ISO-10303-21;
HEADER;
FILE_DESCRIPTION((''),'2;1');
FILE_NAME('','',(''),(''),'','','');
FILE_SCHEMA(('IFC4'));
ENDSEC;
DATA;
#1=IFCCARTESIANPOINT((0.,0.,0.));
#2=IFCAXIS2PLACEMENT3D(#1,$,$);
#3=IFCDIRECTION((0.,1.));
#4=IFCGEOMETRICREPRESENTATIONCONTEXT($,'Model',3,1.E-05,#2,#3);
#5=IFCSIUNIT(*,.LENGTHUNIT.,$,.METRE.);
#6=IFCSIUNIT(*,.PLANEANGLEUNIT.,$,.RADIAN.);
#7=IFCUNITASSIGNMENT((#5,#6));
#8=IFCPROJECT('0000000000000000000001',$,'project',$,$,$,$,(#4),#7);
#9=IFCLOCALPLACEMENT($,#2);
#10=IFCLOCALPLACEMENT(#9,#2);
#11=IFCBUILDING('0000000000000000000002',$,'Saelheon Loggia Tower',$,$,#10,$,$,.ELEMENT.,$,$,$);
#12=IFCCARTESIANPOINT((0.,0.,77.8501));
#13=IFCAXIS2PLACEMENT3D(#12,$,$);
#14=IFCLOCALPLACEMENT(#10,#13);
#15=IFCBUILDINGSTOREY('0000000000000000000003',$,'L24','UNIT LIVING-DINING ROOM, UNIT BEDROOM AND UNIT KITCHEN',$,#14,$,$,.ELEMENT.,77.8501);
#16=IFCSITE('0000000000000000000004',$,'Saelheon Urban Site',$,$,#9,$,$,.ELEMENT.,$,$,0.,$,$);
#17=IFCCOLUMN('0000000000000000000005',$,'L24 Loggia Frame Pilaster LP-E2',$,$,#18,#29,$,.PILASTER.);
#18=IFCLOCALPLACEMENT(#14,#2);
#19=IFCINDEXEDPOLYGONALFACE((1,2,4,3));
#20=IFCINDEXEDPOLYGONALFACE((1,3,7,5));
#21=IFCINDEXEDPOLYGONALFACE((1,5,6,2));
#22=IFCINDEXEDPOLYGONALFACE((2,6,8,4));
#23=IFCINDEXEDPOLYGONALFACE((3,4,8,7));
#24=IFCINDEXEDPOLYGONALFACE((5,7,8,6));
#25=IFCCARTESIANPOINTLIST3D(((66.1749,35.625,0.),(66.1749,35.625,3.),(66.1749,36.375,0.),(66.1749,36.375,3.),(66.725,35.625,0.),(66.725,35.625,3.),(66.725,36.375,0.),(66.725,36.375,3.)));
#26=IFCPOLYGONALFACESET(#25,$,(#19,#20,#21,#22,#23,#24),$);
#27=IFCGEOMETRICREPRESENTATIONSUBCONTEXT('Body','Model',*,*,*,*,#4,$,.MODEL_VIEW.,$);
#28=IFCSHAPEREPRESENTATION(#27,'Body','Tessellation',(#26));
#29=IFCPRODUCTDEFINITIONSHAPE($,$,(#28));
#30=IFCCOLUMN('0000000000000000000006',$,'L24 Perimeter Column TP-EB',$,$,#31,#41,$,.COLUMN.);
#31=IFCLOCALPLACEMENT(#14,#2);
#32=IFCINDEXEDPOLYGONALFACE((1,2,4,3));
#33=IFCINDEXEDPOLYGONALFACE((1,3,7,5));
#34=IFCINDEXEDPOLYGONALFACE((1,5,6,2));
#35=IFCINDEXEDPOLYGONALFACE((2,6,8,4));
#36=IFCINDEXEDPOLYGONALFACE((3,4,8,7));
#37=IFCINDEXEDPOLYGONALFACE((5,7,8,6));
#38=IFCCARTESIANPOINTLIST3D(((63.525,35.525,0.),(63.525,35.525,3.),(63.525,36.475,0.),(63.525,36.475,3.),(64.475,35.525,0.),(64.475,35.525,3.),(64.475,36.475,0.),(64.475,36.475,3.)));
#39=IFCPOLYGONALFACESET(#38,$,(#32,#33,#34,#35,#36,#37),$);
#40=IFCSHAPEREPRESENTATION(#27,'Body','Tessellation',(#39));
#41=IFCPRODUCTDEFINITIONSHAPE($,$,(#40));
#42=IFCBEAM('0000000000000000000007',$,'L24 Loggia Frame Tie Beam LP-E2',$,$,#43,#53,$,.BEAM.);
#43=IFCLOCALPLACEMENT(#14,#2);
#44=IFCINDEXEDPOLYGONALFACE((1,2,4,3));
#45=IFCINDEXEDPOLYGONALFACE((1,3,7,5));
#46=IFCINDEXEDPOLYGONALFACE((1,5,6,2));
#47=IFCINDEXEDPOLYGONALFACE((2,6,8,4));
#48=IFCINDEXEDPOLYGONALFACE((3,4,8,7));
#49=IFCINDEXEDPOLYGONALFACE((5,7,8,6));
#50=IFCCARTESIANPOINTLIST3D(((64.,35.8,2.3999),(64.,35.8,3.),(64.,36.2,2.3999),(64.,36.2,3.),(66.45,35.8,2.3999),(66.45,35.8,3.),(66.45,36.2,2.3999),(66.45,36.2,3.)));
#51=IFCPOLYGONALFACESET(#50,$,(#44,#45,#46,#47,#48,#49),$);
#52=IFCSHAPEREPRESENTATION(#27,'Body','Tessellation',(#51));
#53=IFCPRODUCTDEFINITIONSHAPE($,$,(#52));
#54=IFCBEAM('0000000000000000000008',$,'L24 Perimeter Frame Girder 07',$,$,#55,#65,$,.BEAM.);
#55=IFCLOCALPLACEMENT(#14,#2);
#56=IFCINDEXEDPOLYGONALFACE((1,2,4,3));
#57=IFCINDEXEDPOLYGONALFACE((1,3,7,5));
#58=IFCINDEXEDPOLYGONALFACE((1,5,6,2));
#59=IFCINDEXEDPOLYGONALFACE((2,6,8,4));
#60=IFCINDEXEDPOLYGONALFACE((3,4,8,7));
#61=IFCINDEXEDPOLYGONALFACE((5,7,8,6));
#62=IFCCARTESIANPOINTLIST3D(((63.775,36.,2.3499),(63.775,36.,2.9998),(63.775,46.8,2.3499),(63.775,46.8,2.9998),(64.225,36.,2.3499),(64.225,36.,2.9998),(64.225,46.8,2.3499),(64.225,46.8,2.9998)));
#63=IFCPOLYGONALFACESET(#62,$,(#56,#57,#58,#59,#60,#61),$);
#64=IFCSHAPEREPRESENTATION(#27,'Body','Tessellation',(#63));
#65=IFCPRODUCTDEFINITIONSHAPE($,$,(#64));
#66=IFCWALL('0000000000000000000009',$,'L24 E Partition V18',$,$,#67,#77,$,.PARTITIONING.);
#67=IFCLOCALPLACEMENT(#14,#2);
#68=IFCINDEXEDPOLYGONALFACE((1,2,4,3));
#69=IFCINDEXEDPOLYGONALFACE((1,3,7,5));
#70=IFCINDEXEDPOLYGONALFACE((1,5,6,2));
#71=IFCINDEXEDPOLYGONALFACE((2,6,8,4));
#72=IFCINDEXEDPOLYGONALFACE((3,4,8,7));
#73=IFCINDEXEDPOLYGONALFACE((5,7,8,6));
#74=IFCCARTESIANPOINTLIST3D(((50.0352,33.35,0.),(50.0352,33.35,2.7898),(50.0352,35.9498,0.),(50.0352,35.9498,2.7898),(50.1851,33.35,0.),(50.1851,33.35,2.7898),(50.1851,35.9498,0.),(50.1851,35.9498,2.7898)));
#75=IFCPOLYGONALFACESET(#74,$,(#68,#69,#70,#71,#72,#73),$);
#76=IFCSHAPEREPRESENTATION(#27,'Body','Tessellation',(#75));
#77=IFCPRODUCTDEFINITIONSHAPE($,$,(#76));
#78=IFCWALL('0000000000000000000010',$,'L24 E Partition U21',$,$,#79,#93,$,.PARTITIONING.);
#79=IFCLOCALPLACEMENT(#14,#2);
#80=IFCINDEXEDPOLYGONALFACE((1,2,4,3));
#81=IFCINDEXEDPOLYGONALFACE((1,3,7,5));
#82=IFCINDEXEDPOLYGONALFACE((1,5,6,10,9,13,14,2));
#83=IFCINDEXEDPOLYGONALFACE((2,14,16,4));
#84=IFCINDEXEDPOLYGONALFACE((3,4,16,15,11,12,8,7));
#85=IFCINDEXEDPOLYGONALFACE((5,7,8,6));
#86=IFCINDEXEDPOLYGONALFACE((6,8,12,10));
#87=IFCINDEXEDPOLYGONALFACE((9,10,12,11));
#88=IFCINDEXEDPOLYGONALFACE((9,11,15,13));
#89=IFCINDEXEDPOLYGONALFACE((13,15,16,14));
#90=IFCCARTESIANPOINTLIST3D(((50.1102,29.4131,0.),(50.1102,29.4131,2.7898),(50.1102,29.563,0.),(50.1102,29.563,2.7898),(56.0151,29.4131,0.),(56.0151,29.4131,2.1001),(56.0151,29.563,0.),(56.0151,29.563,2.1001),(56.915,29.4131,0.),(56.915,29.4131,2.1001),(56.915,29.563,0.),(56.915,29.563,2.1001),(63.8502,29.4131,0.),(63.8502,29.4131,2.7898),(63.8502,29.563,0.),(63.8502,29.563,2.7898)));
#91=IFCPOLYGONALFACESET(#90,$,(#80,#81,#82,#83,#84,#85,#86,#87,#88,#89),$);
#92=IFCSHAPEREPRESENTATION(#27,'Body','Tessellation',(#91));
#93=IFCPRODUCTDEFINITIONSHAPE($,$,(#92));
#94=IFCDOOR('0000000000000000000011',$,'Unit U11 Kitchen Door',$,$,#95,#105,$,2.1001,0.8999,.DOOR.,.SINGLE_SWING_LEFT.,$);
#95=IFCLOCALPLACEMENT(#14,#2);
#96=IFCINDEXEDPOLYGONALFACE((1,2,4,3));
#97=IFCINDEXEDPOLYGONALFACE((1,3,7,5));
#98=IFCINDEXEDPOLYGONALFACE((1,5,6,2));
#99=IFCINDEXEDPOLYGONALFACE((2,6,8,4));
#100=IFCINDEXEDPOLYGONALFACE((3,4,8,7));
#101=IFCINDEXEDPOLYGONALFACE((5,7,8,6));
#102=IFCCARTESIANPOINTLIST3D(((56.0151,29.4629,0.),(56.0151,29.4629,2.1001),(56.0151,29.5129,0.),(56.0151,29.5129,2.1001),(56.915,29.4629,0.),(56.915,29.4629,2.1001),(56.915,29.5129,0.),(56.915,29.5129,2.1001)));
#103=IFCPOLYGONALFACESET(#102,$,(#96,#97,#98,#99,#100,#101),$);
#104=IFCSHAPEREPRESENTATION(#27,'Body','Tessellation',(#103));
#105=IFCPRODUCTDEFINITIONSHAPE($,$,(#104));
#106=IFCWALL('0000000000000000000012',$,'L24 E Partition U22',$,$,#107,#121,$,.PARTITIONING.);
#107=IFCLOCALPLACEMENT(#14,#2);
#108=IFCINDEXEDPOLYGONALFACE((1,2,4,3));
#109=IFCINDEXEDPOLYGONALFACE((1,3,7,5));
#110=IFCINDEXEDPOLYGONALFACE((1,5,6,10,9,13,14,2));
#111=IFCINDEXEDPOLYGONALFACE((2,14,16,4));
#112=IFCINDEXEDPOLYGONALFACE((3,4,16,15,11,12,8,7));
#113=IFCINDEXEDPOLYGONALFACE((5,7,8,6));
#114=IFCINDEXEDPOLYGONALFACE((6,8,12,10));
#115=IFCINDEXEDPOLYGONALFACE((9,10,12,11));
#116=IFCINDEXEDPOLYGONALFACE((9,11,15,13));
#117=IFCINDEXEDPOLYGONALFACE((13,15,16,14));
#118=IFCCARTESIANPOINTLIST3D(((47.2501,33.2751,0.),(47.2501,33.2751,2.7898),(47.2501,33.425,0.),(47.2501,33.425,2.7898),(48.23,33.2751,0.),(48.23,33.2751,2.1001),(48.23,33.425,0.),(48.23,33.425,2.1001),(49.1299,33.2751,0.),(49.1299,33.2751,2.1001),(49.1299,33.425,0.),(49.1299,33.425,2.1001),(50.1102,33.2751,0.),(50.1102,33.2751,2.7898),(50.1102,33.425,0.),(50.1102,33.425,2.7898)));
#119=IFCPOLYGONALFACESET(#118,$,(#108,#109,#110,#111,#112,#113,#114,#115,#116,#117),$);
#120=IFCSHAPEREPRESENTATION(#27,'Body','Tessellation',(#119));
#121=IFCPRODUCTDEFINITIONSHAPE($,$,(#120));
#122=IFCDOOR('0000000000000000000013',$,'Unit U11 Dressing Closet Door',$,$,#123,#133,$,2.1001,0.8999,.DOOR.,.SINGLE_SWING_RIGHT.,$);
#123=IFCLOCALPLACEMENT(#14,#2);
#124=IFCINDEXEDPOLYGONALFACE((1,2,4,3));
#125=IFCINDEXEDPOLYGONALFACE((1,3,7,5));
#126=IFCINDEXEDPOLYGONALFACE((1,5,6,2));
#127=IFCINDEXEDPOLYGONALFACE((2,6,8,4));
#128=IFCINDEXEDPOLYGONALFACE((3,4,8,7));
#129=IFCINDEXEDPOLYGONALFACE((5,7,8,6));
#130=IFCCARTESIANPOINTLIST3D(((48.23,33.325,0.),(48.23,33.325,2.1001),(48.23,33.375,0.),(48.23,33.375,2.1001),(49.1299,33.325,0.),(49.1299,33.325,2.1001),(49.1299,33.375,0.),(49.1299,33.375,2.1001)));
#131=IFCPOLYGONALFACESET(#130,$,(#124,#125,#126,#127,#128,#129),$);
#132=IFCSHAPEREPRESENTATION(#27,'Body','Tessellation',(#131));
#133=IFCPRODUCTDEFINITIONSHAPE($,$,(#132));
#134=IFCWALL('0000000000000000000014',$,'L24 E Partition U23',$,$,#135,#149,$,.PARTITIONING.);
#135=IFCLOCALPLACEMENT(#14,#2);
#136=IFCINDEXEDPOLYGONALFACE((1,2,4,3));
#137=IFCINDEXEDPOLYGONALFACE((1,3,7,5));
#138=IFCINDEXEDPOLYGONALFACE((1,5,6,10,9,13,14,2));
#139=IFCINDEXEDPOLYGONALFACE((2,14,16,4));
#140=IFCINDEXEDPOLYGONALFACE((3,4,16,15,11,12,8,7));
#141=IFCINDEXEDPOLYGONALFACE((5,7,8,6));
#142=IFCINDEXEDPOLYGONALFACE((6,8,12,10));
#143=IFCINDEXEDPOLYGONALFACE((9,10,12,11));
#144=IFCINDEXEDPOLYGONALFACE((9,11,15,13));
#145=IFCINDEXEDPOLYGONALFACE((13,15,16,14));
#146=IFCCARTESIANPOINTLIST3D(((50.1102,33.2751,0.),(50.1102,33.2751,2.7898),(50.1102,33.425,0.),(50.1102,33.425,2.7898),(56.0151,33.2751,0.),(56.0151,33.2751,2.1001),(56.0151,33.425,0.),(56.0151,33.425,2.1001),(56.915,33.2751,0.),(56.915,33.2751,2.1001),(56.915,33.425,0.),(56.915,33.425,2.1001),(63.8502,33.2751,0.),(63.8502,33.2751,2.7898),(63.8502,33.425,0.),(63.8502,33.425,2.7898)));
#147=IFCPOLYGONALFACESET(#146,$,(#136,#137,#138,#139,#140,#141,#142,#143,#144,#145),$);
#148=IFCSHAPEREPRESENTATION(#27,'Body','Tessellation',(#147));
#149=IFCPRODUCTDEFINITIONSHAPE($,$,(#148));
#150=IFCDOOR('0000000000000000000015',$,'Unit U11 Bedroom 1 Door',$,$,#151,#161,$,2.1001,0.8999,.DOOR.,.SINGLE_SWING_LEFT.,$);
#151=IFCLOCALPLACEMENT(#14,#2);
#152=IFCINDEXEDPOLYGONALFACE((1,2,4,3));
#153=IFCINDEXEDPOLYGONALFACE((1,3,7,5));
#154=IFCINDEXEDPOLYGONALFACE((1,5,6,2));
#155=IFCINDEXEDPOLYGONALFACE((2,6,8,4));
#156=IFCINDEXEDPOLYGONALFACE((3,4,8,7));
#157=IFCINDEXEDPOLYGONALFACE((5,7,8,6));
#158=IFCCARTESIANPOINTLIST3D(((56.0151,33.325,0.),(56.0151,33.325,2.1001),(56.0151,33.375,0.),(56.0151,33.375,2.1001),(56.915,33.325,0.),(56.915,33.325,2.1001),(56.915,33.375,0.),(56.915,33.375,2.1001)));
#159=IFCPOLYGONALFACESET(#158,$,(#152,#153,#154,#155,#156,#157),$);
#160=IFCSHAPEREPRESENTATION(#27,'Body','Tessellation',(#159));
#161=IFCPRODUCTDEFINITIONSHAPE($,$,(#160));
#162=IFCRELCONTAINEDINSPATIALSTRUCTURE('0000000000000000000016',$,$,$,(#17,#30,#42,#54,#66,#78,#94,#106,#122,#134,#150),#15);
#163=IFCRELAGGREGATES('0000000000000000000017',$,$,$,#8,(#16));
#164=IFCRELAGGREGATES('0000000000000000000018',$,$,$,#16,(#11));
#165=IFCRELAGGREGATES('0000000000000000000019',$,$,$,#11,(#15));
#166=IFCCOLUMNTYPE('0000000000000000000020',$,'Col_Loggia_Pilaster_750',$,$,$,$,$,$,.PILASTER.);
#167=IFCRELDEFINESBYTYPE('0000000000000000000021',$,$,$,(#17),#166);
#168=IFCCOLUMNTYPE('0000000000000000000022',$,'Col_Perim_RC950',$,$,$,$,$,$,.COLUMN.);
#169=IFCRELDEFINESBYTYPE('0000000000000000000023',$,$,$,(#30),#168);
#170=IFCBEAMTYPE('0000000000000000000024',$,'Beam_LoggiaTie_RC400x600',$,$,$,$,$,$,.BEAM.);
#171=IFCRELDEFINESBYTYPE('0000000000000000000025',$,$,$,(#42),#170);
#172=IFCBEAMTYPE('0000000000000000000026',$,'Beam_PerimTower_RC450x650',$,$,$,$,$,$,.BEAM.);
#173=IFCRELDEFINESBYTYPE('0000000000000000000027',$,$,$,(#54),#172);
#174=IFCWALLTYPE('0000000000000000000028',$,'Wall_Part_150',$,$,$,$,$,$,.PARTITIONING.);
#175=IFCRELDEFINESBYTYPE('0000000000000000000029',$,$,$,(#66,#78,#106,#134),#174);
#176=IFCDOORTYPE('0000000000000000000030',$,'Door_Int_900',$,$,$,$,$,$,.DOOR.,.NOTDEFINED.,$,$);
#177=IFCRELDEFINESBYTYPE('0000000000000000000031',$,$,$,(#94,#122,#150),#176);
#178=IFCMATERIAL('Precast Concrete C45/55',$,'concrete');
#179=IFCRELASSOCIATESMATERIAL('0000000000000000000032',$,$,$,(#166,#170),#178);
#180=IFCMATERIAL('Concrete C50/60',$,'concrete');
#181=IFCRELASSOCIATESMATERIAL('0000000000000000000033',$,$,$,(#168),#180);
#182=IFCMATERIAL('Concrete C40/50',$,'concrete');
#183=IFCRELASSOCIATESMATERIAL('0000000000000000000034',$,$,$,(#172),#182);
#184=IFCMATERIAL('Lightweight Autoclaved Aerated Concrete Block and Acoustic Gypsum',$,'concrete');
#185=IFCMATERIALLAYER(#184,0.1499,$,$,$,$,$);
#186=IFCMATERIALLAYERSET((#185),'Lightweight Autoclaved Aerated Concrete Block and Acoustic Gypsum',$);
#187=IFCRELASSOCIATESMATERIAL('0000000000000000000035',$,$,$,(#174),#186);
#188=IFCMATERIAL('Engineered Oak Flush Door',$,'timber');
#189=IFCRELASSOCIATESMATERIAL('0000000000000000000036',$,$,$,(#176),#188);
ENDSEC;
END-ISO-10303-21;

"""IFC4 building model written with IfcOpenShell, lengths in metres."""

from ifc_helpers import new_model, si_unit, direction, frame, frame_2d, origin, origin_2d, place, context, subcontext, project, spatial, rectangle, extrude, source, transform, mapped, material, layer, layer_set, material_profile, profile_set, type_object, element, fill, save


model = new_model("IFC4")

# Units and contexts
model_context = context("Model", 3, precision=1e-05, world=origin(), true_north=direction((0.0, 1.0)))
body_context = subcontext(model_context, "Body", "Model", "MODEL_VIEW")
ifc_project = project(units=[si_unit("LENGTHUNIT", "METRE"), si_unit("PLANEANGLEUNIT", "RADIAN")], contexts=[model_context])

# Site, building, storey
site_placement = place(None, origin())
site = spatial("IfcSite", under=ifc_project, at=site_placement, Name="Saelheon Urban Site", CompositionType="ELEMENT", RefElevation=0.0)
building_placement = place(site_placement, origin())
building = spatial("IfcBuilding", under=site, at=building_placement, Name="Saelheon Loggia Tower", CompositionType="ELEMENT")
storey_placement = place(building_placement, frame((0.0, 0.0, 77.8501)))
storey = spatial("IfcBuildingStorey", under=building, at=storey_placement, Name="L24", Description="UNIT LIVING-DINING ROOM, UNIT BEDROOM AND UNIT KITCHEN", CompositionType="ELEMENT", Elevation=77.8501)

# Columns
ifc_material_1 = material(Name="Precast Concrete C45/55", Category="concrete")
ifc_material_profile_1 = material_profile(ifc_material_1, rectangle(XDim=0.55, YDim=0.75, at=origin_2d()), Name="RC-550x750")
ifc_profile_set_1 = profile_set([ifc_material_profile_1], Name="Precast Concrete C45/55")
column_type_1 = type_object("IfcColumnType", Name="Col_Loggia_Pilaster_750", PredefinedType="PILASTER", material=ifc_profile_set_1)
shared_shape_1 = source(origin(), body_context, "Body", "SweptSolid", [
    extrude(rectangle(XDim=0.55, YDim=0.75, at=origin_2d()), origin(), (0.0, 0.0, 1.0), 3.0),
])
column_1_placement = place(storey_placement, frame((66.45, 36.0, 0.0), z_axis=(0.0, 0.0, 1.0), x_axis=(1.0, 0.0, 0.0)))
element("IfcColumn", 1, at=column_1_placement, inside=storey, type_object=column_type_1, Name="L24 Loggia Frame Pilaster LP-E2", PredefinedType="PILASTER", context=body_context, shape_type="MappedRepresentation", body=[
    mapped(shared_shape_1, transform((0.0, 0.0, 0.0), scale=1.0)),
])
ifc_material_2 = material(Name="Concrete C50/60", Category="concrete")
ifc_material_profile_2 = material_profile(ifc_material_2, rectangle(XDim=0.95, YDim=0.95, at=origin_2d()), Name="RC-950x950")
ifc_profile_set_2 = profile_set([ifc_material_profile_2], Name="Concrete C50/60")
column_type_2 = type_object("IfcColumnType", Name="Col_Perim_RC950", PredefinedType="COLUMN", material=ifc_profile_set_2)
shared_shape_2 = source(origin(), body_context, "Body", "SweptSolid", [
    extrude(rectangle(XDim=0.95, YDim=0.95, at=origin_2d()), origin(), (0.0, 0.0, 1.0), 3.0),
])
column_2_placement = place(storey_placement, frame((64.0, 36.0, 0.0), z_axis=(0.0, 0.0, 1.0), x_axis=(1.0, 0.0, 0.0)))
element("IfcColumn", 2, at=column_2_placement, inside=storey, type_object=column_type_2, Name="L24 Perimeter Column TP-EB", PredefinedType="COLUMN", context=body_context, shape_type="MappedRepresentation", body=[
    mapped(shared_shape_2, transform((0.0, 0.0, 0.0), scale=1.0)),
])

# Beams
ifc_material_profile_3 = material_profile(ifc_material_1, rectangle(XDim=0.3999, YDim=0.6001, at=origin_2d()), Name="RC-400x600")
ifc_profile_set_3 = profile_set([ifc_material_profile_3], Name="Precast Concrete C45/55")
beam_type_1 = type_object("IfcBeamType", Name="Beam_LoggiaTie_RC400x600", PredefinedType="BEAM", material=ifc_profile_set_3)
shared_shape_3 = source(origin(), body_context, "Body", "SweptSolid", [
    extrude(rectangle(XDim=0.3999, YDim=0.6001, at=origin_2d()), origin(), (0.0, 0.0, 1.0), 2.45),
])
beam_1_placement = place(storey_placement, frame((64.0, 36.0, 2.7), z_axis=(1.0, 0.0, 0.0), x_axis=(0.0, 1.0, 0.0)))
element("IfcBeam", 3, at=beam_1_placement, inside=storey, type_object=beam_type_1, Name="L24 Loggia Frame Tie Beam LP-E2", PredefinedType="BEAM", context=body_context, shape_type="MappedRepresentation", body=[
    mapped(shared_shape_3, transform((0.0, 0.0, 0.0), scale=1.0)),
])
ifc_material_3 = material(Name="Concrete C40/50", Category="concrete")
ifc_material_profile_4 = material_profile(ifc_material_3, rectangle(XDim=0.45, YDim=0.6499, at=origin_2d()), Name="RC-450x650")
ifc_profile_set_4 = profile_set([ifc_material_profile_4], Name="Concrete C40/50")
beam_type_2 = type_object("IfcBeamType", Name="Beam_PerimTower_RC450x650", PredefinedType="BEAM", material=ifc_profile_set_4)
shared_shape_4 = source(origin(), body_context, "Body", "SweptSolid", [
    extrude(rectangle(XDim=0.45, YDim=0.6499, at=origin_2d()), origin(), (0.0, 0.0, 1.0), 10.8),
])
beam_2_placement = place(storey_placement, frame((64.0, 36.0, 2.6748), z_axis=(0.0, 1.0, 0.0), x_axis=(-1.0, 0.0, 0.0)))
element("IfcBeam", 4, at=beam_2_placement, inside=storey, type_object=beam_type_2, Name="L24 Perimeter Frame Girder 07", PredefinedType="BEAM", context=body_context, shape_type="MappedRepresentation", body=[
    mapped(shared_shape_4, transform((0.0, 0.0, 0.0), scale=1.0)),
])

# Wall
ifc_material_4 = material(Name="Lightweight Autoclaved Aerated Concrete Block and Acoustic Gypsum", Category="concrete")
ifc_layer_1 = layer(ifc_material_4, 0.1499)
ifc_layer_set_1 = layer_set([ifc_layer_1], Name="Lightweight Autoclaved Aerated Concrete Block and Acoustic Gypsum")
wall_type_1 = type_object("IfcWallType", Name="Wall_Part_150", PredefinedType="PARTITIONING", material=ifc_layer_set_1)
wall_1_placement = place(storey_placement, frame((50.1101, 33.3501, 0.0), z_axis=(0.0, 0.0, 1.0), x_axis=(0.0, 1.0, 0.0)))
element("IfcWall", 5, at=wall_1_placement, inside=storey, type_object=wall_type_1, Name="L24 E Partition V18", PredefinedType="PARTITIONING", context=body_context, shape_type="SweptSolid", body=[
    extrude(rectangle(XDim=2.5999, YDim=0.1499, at=frame_2d((1.2998, 0.0))), origin(), (0.0, 0.0, 1.0), 2.7898),
])

# Walls, openings, doors
wall_2_placement = place(storey_placement, frame((50.1101, 29.488, 0.0), z_axis=(0.0, 0.0, 1.0), x_axis=(1.0, 0.0, 0.0)))
wall_2 = element("IfcWall", 6, at=wall_2_placement, inside=storey, type_object=wall_type_1, Name="L24 E Partition U21", PredefinedType="PARTITIONING", context=body_context, shape_type="SweptSolid", body=[
    extrude(rectangle(XDim=13.74, YDim=0.1499, at=frame_2d((6.8701, 0.0))), origin(), (0.0, 0.0, 1.0), 2.7898),
])
opening_1_placement = place(wall_2_placement, frame((5.905, 0.0, 0.0)))
opening_1 = element("IfcOpeningElement", 7, at=opening_1_placement, cuts=wall_2, PredefinedType="OPENING", context=body_context, shape_type="SweptSolid", body=[
    extrude(rectangle(XDim=0.8999, YDim=2.1001, at=frame_2d((0.45, 1.05))), frame((0.0, 0.0869, 0.0), z_axis=(0.0, -1.0, 0.0), x_axis=(1.0, 0.0, 0.0)), (0.0, 0.0, 1.0), 0.1738),
])
ifc_material_5 = material(Name="Engineered Oak Flush Door", Category="timber")
door_type_1 = type_object("IfcDoorType", Name="Door_Int_900", OperationType="NOTDEFINED", PredefinedType="DOOR", material=ifc_material_5)
shared_shape_5 = source(origin(), body_context, "Body", "SweptSolid", [
    extrude(rectangle(XDim=0.8999, YDim=2.1001, at=frame_2d((0.45, 1.05))), frame((0.0, 0.0249, 0.0), z_axis=(0.0, -1.0, 0.0), x_axis=(1.0, 0.0, 0.0)), (0.0, 0.0, 1.0), 0.05),
])
door_1_placement = place(opening_1_placement, origin())
door_1 = element("IfcDoor", 8, at=door_1_placement, inside=storey, type_object=door_type_1, Name="Unit U11 Kitchen Door", OperationType="SINGLE_SWING_LEFT", OverallHeight=2.1001, OverallWidth=0.8999, PredefinedType="DOOR", context=body_context, shape_type="MappedRepresentation", body=[
    mapped(shared_shape_5, transform((0.0, 0.0, 0.0), scale=1.0)),
])
fill(opening_1, door_1)
wall_3_placement = place(storey_placement, frame((47.25, 33.3501, 0.0), z_axis=(0.0, 0.0, 1.0), x_axis=(1.0, 0.0, 0.0)))
wall_3 = element("IfcWall", 9, at=wall_3_placement, inside=storey, type_object=wall_type_1, Name="L24 E Partition U22", PredefinedType="PARTITIONING", context=body_context, shape_type="SweptSolid", body=[
    extrude(rectangle(XDim=2.8601, YDim=0.1499, at=frame_2d((1.4302, 0.0))), origin(), (0.0, 0.0, 1.0), 2.7898),
])
opening_2_placement = place(wall_3_placement, frame((0.98, 0.0, 0.0)))
opening_2 = element("IfcOpeningElement", 10, at=opening_2_placement, cuts=wall_3, PredefinedType="OPENING", context=body_context, shape_type="SweptSolid", body=[
    extrude(rectangle(XDim=0.8999, YDim=2.1001, at=frame_2d((0.45, 1.05))), frame((0.0, 0.0869, 0.0), z_axis=(0.0, -1.0, 0.0), x_axis=(1.0, 0.0, 0.0)), (0.0, 0.0, 1.0), 0.1738),
])
door_2_placement = place(opening_2_placement, origin())
door_2 = element("IfcDoor", 11, at=door_2_placement, inside=storey, type_object=door_type_1, Name="Unit U11 Dressing Closet Door", OperationType="SINGLE_SWING_RIGHT", OverallHeight=2.1001, OverallWidth=0.8999, PredefinedType="DOOR", context=body_context, shape_type="MappedRepresentation", body=[
    mapped(shared_shape_5, transform((0.0, 0.0, 0.0), scale=1.0)),
])
fill(opening_2, door_2)
wall_4_placement = place(storey_placement, frame((50.1101, 33.3501, 0.0), z_axis=(0.0, 0.0, 1.0), x_axis=(1.0, 0.0, 0.0)))
wall_4 = element("IfcWall", 12, at=wall_4_placement, inside=storey, type_object=wall_type_1, Name="L24 E Partition U23", PredefinedType="PARTITIONING", context=body_context, shape_type="SweptSolid", body=[
    extrude(rectangle(XDim=13.74, YDim=0.1499, at=frame_2d((6.8701, 0.0))), origin(), (0.0, 0.0, 1.0), 2.7898),
])
opening_3_placement = place(wall_4_placement, frame((5.905, 0.0, 0.0)))
opening_3 = element("IfcOpeningElement", 13, at=opening_3_placement, cuts=wall_4, PredefinedType="OPENING", context=body_context, shape_type="SweptSolid", body=[
    extrude(rectangle(XDim=0.8999, YDim=2.1001, at=frame_2d((0.45, 1.05))), frame((0.0, 0.0869, 0.0), z_axis=(0.0, -1.0, 0.0), x_axis=(1.0, 0.0, 0.0)), (0.0, 0.0, 1.0), 0.1738),
])
door_3_placement = place(opening_3_placement, origin())
door_3 = element("IfcDoor", 14, at=door_3_placement, inside=storey, type_object=door_type_1, Name="Unit U11 Bedroom 1 Door", OperationType="SINGLE_SWING_LEFT", OverallHeight=2.1001, OverallWidth=0.8999, PredefinedType="DOOR", context=body_context, shape_type="MappedRepresentation", body=[
    mapped(shared_shape_5, transform((0.0, 0.0, 0.0), scale=1.0)),
])
fill(opening_3, door_3)

save(model, "model.ifc")
